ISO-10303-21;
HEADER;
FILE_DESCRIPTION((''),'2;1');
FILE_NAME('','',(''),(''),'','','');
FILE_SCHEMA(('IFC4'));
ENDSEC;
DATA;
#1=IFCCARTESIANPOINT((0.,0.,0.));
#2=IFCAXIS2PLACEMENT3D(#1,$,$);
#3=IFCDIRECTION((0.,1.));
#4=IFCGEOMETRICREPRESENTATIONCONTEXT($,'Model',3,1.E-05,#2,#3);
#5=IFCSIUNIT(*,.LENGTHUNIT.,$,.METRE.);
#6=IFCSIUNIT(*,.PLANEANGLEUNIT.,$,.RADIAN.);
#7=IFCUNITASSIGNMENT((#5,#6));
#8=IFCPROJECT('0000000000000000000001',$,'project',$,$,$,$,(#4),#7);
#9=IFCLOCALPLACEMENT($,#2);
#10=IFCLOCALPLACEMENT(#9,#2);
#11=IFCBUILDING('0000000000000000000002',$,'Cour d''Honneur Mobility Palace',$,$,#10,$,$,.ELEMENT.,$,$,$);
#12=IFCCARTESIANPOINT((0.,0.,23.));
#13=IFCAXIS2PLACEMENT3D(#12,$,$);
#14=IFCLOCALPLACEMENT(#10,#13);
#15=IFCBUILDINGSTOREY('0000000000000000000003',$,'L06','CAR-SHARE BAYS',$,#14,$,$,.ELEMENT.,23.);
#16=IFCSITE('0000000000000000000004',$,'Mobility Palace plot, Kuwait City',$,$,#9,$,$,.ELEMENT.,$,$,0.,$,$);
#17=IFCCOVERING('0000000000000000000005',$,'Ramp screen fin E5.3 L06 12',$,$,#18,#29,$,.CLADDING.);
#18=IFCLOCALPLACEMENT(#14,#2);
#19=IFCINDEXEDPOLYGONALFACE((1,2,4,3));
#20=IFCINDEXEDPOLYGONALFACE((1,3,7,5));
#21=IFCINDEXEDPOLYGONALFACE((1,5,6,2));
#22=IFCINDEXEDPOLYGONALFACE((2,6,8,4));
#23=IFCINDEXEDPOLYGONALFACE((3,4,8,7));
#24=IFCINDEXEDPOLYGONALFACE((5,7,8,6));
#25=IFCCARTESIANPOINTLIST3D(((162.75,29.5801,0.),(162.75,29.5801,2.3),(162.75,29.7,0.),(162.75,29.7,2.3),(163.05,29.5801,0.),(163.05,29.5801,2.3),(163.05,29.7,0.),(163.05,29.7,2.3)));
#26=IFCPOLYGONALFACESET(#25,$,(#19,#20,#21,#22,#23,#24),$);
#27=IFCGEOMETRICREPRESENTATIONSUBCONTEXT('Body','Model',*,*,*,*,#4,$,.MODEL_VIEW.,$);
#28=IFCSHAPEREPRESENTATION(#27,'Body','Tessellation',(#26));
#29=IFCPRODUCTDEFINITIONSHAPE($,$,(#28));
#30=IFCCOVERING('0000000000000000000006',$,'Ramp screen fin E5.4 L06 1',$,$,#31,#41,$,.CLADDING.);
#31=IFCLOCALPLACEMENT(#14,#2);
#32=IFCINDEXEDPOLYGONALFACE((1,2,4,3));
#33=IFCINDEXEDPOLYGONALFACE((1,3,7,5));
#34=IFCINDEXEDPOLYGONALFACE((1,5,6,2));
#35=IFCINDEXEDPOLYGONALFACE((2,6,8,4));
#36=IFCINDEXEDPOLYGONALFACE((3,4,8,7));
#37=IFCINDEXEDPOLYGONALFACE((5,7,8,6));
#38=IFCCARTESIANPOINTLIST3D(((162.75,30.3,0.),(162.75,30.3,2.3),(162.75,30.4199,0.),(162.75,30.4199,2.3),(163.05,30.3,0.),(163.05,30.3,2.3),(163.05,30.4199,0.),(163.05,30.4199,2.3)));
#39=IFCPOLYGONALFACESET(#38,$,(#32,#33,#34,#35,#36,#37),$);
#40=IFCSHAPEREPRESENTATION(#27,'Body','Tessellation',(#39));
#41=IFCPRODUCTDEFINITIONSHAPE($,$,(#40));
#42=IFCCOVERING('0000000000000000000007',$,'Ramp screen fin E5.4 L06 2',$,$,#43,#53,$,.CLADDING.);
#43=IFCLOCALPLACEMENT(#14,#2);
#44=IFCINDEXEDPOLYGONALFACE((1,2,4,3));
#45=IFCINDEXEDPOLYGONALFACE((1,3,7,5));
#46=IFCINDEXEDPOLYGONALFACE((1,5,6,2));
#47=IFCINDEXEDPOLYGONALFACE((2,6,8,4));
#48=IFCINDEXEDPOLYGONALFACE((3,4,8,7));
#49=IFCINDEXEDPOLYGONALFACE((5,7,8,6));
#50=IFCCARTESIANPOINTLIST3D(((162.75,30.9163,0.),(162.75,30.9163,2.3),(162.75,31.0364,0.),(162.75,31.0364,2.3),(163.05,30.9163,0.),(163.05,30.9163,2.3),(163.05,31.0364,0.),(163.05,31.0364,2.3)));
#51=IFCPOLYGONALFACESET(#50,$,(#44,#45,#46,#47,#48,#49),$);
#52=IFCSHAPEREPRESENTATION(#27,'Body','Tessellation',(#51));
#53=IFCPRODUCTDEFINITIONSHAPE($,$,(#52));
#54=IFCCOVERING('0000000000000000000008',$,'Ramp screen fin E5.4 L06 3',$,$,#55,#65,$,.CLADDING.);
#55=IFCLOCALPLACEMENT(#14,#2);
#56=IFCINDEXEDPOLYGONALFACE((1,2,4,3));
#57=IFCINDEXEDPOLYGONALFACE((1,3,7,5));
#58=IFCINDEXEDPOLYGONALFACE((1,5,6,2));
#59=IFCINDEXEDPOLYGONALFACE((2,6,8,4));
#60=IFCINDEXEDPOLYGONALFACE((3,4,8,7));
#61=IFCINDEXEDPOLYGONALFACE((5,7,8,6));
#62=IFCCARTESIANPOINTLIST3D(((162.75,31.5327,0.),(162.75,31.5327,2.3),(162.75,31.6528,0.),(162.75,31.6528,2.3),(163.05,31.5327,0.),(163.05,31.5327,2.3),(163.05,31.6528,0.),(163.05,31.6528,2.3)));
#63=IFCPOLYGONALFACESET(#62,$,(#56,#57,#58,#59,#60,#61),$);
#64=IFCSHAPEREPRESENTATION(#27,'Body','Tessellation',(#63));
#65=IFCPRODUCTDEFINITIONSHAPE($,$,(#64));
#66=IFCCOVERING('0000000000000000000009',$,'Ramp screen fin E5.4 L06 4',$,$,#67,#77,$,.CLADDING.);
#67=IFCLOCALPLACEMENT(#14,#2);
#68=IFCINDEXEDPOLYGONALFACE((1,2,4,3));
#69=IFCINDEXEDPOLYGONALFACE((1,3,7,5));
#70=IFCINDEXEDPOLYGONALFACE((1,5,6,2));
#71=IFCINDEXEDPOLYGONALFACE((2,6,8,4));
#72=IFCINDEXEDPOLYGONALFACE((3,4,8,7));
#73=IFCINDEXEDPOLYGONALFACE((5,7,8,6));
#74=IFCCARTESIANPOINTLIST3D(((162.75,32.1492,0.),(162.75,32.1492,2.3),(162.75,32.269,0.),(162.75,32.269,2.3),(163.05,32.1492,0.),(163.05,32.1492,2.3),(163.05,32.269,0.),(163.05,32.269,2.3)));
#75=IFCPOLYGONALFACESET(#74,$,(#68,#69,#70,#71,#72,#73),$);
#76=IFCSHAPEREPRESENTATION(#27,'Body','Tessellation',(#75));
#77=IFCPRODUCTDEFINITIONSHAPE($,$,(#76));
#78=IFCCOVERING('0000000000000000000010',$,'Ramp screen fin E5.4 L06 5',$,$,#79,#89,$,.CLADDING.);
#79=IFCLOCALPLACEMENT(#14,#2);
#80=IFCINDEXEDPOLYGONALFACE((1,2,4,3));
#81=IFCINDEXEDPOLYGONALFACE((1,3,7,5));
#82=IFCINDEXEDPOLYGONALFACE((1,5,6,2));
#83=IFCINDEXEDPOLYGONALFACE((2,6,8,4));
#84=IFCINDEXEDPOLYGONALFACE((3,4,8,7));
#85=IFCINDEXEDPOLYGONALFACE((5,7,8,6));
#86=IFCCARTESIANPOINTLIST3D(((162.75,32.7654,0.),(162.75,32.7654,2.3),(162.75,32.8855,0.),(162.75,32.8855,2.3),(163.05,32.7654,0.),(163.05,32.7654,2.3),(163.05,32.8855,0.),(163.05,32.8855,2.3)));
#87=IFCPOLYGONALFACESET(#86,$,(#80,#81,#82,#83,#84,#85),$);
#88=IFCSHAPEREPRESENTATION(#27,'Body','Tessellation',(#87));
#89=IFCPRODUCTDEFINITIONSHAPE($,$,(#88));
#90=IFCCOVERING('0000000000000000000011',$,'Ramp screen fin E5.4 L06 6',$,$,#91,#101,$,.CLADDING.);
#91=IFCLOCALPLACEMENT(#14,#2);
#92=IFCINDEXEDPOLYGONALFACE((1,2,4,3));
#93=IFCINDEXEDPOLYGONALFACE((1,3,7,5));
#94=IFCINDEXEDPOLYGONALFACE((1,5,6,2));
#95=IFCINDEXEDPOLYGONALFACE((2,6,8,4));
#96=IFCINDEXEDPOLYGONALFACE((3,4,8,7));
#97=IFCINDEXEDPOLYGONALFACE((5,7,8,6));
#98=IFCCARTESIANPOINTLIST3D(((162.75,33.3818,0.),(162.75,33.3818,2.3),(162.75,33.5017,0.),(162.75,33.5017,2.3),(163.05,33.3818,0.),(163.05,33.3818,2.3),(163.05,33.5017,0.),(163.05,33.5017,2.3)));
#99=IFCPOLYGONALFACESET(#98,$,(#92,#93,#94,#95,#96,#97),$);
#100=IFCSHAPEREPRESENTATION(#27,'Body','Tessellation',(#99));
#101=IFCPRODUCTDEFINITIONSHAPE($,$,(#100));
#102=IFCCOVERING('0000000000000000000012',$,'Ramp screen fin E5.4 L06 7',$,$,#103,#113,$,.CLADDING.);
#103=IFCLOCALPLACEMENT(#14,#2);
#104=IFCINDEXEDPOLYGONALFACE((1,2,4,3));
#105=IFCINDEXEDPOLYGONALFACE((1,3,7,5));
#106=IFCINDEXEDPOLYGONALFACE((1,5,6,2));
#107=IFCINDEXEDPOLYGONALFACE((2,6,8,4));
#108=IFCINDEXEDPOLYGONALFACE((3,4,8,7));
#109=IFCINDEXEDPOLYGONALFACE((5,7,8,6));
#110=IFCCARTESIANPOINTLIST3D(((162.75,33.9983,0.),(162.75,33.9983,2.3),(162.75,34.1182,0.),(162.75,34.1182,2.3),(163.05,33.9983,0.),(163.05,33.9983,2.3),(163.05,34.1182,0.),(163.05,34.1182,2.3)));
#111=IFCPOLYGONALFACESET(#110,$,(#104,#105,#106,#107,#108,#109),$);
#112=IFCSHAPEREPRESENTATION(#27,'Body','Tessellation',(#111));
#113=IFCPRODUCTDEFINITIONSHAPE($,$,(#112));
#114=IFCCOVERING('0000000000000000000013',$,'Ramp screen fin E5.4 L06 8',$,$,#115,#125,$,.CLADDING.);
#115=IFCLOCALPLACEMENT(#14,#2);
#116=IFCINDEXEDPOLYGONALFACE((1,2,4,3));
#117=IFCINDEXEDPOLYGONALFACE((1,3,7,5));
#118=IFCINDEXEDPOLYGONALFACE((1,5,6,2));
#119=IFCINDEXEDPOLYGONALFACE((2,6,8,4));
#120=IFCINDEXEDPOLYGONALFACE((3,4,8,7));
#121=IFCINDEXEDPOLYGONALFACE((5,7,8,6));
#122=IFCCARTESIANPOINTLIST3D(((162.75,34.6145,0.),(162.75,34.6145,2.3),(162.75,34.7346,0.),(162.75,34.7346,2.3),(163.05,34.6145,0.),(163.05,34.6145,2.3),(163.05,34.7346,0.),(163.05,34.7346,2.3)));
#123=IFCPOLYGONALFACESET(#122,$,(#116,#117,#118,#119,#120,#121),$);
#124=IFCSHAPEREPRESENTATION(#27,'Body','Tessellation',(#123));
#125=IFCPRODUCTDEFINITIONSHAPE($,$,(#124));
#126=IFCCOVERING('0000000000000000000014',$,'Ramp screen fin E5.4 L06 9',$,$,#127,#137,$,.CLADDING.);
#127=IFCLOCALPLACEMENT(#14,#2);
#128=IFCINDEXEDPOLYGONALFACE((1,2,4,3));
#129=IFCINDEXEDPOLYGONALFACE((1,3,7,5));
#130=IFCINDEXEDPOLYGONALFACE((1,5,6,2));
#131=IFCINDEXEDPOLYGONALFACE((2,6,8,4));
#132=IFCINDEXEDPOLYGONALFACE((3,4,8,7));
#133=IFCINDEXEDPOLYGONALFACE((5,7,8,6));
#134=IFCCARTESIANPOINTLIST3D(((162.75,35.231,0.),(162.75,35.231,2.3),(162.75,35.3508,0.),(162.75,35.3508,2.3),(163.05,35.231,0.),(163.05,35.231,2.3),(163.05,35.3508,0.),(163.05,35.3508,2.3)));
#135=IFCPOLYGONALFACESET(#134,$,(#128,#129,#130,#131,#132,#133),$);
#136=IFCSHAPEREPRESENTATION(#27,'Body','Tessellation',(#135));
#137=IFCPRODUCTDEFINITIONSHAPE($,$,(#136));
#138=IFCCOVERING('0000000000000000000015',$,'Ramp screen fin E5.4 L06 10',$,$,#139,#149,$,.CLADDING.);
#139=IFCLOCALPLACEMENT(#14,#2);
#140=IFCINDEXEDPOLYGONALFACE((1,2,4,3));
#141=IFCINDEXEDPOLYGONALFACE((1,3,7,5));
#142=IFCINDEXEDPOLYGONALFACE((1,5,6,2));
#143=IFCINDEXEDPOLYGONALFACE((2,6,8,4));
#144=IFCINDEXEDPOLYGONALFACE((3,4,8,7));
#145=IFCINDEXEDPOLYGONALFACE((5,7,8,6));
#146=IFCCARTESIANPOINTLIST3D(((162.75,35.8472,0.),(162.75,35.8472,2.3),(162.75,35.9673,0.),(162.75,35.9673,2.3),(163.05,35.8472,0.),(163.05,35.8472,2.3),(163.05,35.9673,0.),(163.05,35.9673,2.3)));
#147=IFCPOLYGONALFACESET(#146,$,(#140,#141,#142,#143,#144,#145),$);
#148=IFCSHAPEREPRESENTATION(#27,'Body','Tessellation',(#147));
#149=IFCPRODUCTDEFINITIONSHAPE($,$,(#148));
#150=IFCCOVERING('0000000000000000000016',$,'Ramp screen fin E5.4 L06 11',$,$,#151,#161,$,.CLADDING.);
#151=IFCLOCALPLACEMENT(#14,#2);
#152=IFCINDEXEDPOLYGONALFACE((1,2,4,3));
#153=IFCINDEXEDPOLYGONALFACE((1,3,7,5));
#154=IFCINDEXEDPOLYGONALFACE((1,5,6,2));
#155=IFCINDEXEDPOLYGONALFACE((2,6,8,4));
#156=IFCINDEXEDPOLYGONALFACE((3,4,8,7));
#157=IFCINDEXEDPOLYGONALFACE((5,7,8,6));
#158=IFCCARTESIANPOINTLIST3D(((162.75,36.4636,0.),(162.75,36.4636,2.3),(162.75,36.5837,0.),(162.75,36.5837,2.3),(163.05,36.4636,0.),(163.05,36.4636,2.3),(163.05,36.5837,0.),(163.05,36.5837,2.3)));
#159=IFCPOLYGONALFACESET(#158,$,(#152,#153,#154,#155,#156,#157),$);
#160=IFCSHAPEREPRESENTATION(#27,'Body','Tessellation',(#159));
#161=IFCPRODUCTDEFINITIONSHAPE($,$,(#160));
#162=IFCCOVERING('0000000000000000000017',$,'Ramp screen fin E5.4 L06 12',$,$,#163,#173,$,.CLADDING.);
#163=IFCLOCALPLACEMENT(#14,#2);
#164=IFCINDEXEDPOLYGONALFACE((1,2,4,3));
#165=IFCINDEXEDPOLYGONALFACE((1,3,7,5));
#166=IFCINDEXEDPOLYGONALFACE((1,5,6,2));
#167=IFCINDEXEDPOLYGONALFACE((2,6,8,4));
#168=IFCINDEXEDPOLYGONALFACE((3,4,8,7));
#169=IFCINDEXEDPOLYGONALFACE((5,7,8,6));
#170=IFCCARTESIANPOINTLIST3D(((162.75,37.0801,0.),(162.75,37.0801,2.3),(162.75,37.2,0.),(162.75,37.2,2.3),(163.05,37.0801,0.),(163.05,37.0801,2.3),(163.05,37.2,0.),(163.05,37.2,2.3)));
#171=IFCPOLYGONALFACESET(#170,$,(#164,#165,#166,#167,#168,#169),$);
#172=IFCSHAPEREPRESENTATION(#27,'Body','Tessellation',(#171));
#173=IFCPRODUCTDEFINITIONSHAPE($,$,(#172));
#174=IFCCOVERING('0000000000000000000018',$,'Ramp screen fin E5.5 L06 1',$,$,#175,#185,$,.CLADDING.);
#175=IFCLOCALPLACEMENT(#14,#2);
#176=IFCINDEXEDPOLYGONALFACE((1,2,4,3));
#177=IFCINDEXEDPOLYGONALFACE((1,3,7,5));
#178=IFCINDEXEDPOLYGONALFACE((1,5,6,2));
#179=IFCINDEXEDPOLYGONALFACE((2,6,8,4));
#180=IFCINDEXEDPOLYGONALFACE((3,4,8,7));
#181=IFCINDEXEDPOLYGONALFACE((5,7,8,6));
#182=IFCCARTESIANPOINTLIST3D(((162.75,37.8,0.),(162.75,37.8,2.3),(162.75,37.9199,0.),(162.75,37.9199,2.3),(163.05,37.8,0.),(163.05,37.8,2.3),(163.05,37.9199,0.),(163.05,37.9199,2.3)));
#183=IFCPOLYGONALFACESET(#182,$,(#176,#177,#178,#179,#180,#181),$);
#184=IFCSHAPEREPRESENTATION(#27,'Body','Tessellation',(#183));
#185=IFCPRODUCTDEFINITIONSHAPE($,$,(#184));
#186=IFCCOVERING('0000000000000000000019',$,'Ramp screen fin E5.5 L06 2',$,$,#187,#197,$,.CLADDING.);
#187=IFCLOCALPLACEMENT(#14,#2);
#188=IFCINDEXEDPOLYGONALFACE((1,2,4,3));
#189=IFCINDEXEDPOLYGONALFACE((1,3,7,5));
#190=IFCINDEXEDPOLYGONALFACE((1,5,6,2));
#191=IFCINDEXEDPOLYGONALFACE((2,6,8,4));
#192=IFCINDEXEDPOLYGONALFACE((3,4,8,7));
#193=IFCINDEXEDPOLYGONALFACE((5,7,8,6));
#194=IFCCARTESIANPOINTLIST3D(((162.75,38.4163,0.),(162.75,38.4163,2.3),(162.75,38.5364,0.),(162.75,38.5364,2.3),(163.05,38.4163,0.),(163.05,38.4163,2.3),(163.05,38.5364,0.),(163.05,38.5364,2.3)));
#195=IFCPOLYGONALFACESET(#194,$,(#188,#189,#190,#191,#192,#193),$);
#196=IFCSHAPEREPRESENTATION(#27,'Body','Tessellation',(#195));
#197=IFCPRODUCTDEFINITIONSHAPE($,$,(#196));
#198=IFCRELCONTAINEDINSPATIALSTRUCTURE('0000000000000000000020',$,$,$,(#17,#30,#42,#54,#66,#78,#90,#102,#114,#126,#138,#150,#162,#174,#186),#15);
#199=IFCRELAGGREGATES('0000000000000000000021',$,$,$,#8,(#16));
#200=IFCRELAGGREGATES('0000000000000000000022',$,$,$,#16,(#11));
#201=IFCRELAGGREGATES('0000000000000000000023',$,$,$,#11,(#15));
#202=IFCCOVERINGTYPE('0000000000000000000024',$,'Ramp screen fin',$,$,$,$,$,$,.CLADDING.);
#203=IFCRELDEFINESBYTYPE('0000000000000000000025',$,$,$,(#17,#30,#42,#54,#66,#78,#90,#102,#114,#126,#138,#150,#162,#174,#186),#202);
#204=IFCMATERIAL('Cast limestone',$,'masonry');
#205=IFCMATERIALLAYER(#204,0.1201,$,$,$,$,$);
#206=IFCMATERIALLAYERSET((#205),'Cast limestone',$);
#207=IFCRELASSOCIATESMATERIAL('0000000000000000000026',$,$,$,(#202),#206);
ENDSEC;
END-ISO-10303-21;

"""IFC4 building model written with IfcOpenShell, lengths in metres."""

from ifc_helpers import new_model, si_unit, direction, frame, origin, place, context, subcontext, project, spatial, polyline, outline, extrude, material, layer, layer_set, type_object, element, save


model = new_model("IFC4")

# Units and contexts
model_context = context("Model", 3, precision=1e-05, world=origin(), true_north=direction((0.0, 1.0)))
body_context = subcontext(model_context, "Body", "Model", "MODEL_VIEW")
ifc_project = project(units=[si_unit("LENGTHUNIT", "METRE"), si_unit("PLANEANGLEUNIT", "RADIAN")], contexts=[model_context])

# Site, building, storey
site_placement = place(None, origin())
site = spatial("IfcSite", under=ifc_project, at=site_placement, Name="Mobility Palace plot, Kuwait City", CompositionType="ELEMENT", RefElevation=0.0)
building_placement = place(site_placement, origin())
building = spatial("IfcBuilding", under=site, at=building_placement, Name="Cour d'Honneur Mobility Palace", CompositionType="ELEMENT")
storey_placement = place(building_placement, frame((0.0, 0.0, 23.0)))
storey = spatial("IfcBuildingStorey", under=building, at=storey_placement, Name="L06", Description="CAR-SHARE BAYS", CompositionType="ELEMENT", Elevation=23.0)

# Coverings
ifc_material = material(Name="Cast limestone", Category="masonry")
ifc_layer = layer(ifc_material, 0.1201)
ifc_layer_set = layer_set([ifc_layer], Name="Cast limestone")
covering_type = type_object("IfcCoveringType", Name="Ramp screen fin", PredefinedType="CLADDING", material=ifc_layer_set)
covering_1_placement = place(storey_placement, origin())
element("IfcCovering", 1, at=covering_1_placement, inside=storey, type_object=covering_type, Name="Ramp screen fin E5.3 L06 12", PredefinedType="CLADDING", context=body_context, shape_type="SweptSolid", body=[
    extrude(outline(polyline([(162.75, 29.5801), (162.75, 29.7), (163.05, 29.7), (163.05, 29.5801), (162.75, 29.5801)])), origin(), (0.0, 0.0, 1.0), 2.3),
])
covering_2_placement = place(storey_placement, origin())
element("IfcCovering", 2, at=covering_2_placement, inside=storey, type_object=covering_type, Name="Ramp screen fin E5.4 L06 1", PredefinedType="CLADDING", context=body_context, shape_type="SweptSolid", body=[
    extrude(outline(polyline([(162.75, 30.3), (162.75, 30.4199), (163.05, 30.4199), (163.05, 30.3), (162.75, 30.3)])), origin(), (0.0, 0.0, 1.0), 2.3),
])
covering_3_placement = place(storey_placement, origin())
element("IfcCovering", 3, at=covering_3_placement, inside=storey, type_object=covering_type, Name="Ramp screen fin E5.4 L06 2", PredefinedType="CLADDING", context=body_context, shape_type="SweptSolid", body=[
    extrude(outline(polyline([(162.75, 30.9163), (162.75, 31.0364), (163.05, 31.0364), (163.05, 30.9163), (162.75, 30.9163)])), origin(), (0.0, 0.0, 1.0), 2.3),
])
covering_4_placement = place(storey_placement, origin())
element("IfcCovering", 4, at=covering_4_placement, inside=storey, type_object=covering_type, Name="Ramp screen fin E5.4 L06 3", PredefinedType="CLADDING", context=body_context, shape_type="SweptSolid", body=[
    extrude(outline(polyline([(162.75, 31.5327), (162.75, 31.6528), (163.05, 31.6528), (163.05, 31.5327), (162.75, 31.5327)])), origin(), (0.0, 0.0, 1.0), 2.3),
])
covering_5_placement = place(storey_placement, origin())
element("IfcCovering", 5, at=covering_5_placement, inside=storey, type_object=covering_type, Name="Ramp screen fin E5.4 L06 4", PredefinedType="CLADDING", context=body_context, shape_type="SweptSolid", body=[
    extrude(outline(polyline([(162.75, 32.1492), (162.75, 32.269), (163.05, 32.269), (163.05, 32.1492), (162.75, 32.1492)])), origin(), (0.0, 0.0, 1.0), 2.3),
])
covering_6_placement = place(storey_placement, origin())
element("IfcCovering", 6, at=covering_6_placement, inside=storey, type_object=covering_type, Name="Ramp screen fin E5.4 L06 5", PredefinedType="CLADDING", context=body_context, shape_type="SweptSolid", body=[
    extrude(outline(polyline([(162.75, 32.7654), (162.75, 32.8855), (163.05, 32.8855), (163.05, 32.7654), (162.75, 32.7654)])), origin(), (0.0, 0.0, 1.0), 2.3),
])
covering_7_placement = place(storey_placement, origin())
element("IfcCovering", 7, at=covering_7_placement, inside=storey, type_object=covering_type, Name="Ramp screen fin E5.4 L06 6", PredefinedType="CLADDING", context=body_context, shape_type="SweptSolid", body=[
    extrude(outline(polyline([(162.75, 33.3818), (162.75, 33.5017), (163.05, 33.5017), (163.05, 33.3818), (162.75, 33.3818)])), origin(), (0.0, 0.0, 1.0), 2.3),
])
covering_8_placement = place(storey_placement, origin())
element("IfcCovering", 8, at=covering_8_placement, inside=storey, type_object=covering_type, Name="Ramp screen fin E5.4 L06 7", PredefinedType="CLADDING", context=body_context, shape_type="SweptSolid", body=[
    extrude(outline(polyline([(162.75, 33.9983), (162.75, 34.1182), (163.05, 34.1182), (163.05, 33.9983), (162.75, 33.9983)])), origin(), (0.0, 0.0, 1.0), 2.3),
])
covering_9_placement = place(storey_placement, origin())
element("IfcCovering", 9, at=covering_9_placement, inside=storey, type_object=covering_type, Name="Ramp screen fin E5.4 L06 8", PredefinedType="CLADDING", context=body_context, shape_type="SweptSolid", body=[
    extrude(outline(polyline([(162.75, 34.6145), (162.75, 34.7346), (163.05, 34.7346), (163.05, 34.6145), (162.75, 34.6145)])), origin(), (0.0, 0.0, 1.0), 2.3),
])
covering_10_placement = place(storey_placement, origin())
element("IfcCovering", 10, at=covering_10_placement, inside=storey, type_object=covering_type, Name="Ramp screen fin E5.4 L06 9", PredefinedType="CLADDING", context=body_context, shape_type="SweptSolid", body=[
    extrude(outline(polyline([(162.75, 35.231), (162.75, 35.3508), (163.05, 35.3508), (163.05, 35.231), (162.75, 35.231)])), origin(), (0.0, 0.0, 1.0), 2.3),
])
covering_11_placement = place(storey_placement, origin())
element("IfcCovering", 11, at=covering_11_placement, inside=storey, type_object=covering_type, Name="Ramp screen fin E5.4 L06 10", PredefinedType="CLADDING", context=body_context, shape_type="SweptSolid", body=[
    extrude(outline(polyline([(162.75, 35.8472), (162.75, 35.9673), (163.05, 35.9673), (163.05, 35.8472), (162.75, 35.8472)])), origin(), (0.0, 0.0, 1.0), 2.3),
])
covering_12_placement = place(storey_placement, origin())
element("IfcCovering", 12, at=covering_12_placement, inside=storey, type_object=covering_type, Name="Ramp screen fin E5.4 L06 11", PredefinedType="CLADDING", context=body_context, shape_type="SweptSolid", body=[
    extrude(outline(polyline([(162.75, 36.4636), (162.75, 36.5837), (163.05, 36.5837), (163.05, 36.4636), (162.75, 36.4636)])), origin(), (0.0, 0.0, 1.0), 2.3),
])
covering_13_placement = place(storey_placement, origin())
element("IfcCovering", 13, at=covering_13_placement, inside=storey, type_object=covering_type, Name="Ramp screen fin E5.4 L06 12", PredefinedType="CLADDING", context=body_context, shape_type="SweptSolid", body=[
    extrude(outline(polyline([(162.75, 37.0801), (162.75, 37.2), (163.05, 37.2), (163.05, 37.0801), (162.75, 37.0801)])), origin(), (0.0, 0.0, 1.0), 2.3),
])
covering_14_placement = place(storey_placement, origin())
element("IfcCovering", 14, at=covering_14_placement, inside=storey, type_object=covering_type, Name="Ramp screen fin E5.5 L06 1", PredefinedType="CLADDING", context=body_context, shape_type="SweptSolid", body=[
    extrude(outline(polyline([(162.75, 37.8), (162.75, 37.9199), (163.05, 37.9199), (163.05, 37.8), (162.75, 37.8)])), origin(), (0.0, 0.0, 1.0), 2.3),
])
covering_15_placement = place(storey_placement, origin())
element("IfcCovering", 15, at=covering_15_placement, inside=storey, type_object=covering_type, Name="Ramp screen fin E5.5 L06 2", PredefinedType="CLADDING", context=body_context, shape_type="SweptSolid", body=[
    extrude(outline(polyline([(162.75, 38.4163), (162.75, 38.5364), (163.05, 38.5364), (163.05, 38.4163), (162.75, 38.4163)])), origin(), (0.0, 0.0, 1.0), 2.3),
])

save(model, "model.ifc")
